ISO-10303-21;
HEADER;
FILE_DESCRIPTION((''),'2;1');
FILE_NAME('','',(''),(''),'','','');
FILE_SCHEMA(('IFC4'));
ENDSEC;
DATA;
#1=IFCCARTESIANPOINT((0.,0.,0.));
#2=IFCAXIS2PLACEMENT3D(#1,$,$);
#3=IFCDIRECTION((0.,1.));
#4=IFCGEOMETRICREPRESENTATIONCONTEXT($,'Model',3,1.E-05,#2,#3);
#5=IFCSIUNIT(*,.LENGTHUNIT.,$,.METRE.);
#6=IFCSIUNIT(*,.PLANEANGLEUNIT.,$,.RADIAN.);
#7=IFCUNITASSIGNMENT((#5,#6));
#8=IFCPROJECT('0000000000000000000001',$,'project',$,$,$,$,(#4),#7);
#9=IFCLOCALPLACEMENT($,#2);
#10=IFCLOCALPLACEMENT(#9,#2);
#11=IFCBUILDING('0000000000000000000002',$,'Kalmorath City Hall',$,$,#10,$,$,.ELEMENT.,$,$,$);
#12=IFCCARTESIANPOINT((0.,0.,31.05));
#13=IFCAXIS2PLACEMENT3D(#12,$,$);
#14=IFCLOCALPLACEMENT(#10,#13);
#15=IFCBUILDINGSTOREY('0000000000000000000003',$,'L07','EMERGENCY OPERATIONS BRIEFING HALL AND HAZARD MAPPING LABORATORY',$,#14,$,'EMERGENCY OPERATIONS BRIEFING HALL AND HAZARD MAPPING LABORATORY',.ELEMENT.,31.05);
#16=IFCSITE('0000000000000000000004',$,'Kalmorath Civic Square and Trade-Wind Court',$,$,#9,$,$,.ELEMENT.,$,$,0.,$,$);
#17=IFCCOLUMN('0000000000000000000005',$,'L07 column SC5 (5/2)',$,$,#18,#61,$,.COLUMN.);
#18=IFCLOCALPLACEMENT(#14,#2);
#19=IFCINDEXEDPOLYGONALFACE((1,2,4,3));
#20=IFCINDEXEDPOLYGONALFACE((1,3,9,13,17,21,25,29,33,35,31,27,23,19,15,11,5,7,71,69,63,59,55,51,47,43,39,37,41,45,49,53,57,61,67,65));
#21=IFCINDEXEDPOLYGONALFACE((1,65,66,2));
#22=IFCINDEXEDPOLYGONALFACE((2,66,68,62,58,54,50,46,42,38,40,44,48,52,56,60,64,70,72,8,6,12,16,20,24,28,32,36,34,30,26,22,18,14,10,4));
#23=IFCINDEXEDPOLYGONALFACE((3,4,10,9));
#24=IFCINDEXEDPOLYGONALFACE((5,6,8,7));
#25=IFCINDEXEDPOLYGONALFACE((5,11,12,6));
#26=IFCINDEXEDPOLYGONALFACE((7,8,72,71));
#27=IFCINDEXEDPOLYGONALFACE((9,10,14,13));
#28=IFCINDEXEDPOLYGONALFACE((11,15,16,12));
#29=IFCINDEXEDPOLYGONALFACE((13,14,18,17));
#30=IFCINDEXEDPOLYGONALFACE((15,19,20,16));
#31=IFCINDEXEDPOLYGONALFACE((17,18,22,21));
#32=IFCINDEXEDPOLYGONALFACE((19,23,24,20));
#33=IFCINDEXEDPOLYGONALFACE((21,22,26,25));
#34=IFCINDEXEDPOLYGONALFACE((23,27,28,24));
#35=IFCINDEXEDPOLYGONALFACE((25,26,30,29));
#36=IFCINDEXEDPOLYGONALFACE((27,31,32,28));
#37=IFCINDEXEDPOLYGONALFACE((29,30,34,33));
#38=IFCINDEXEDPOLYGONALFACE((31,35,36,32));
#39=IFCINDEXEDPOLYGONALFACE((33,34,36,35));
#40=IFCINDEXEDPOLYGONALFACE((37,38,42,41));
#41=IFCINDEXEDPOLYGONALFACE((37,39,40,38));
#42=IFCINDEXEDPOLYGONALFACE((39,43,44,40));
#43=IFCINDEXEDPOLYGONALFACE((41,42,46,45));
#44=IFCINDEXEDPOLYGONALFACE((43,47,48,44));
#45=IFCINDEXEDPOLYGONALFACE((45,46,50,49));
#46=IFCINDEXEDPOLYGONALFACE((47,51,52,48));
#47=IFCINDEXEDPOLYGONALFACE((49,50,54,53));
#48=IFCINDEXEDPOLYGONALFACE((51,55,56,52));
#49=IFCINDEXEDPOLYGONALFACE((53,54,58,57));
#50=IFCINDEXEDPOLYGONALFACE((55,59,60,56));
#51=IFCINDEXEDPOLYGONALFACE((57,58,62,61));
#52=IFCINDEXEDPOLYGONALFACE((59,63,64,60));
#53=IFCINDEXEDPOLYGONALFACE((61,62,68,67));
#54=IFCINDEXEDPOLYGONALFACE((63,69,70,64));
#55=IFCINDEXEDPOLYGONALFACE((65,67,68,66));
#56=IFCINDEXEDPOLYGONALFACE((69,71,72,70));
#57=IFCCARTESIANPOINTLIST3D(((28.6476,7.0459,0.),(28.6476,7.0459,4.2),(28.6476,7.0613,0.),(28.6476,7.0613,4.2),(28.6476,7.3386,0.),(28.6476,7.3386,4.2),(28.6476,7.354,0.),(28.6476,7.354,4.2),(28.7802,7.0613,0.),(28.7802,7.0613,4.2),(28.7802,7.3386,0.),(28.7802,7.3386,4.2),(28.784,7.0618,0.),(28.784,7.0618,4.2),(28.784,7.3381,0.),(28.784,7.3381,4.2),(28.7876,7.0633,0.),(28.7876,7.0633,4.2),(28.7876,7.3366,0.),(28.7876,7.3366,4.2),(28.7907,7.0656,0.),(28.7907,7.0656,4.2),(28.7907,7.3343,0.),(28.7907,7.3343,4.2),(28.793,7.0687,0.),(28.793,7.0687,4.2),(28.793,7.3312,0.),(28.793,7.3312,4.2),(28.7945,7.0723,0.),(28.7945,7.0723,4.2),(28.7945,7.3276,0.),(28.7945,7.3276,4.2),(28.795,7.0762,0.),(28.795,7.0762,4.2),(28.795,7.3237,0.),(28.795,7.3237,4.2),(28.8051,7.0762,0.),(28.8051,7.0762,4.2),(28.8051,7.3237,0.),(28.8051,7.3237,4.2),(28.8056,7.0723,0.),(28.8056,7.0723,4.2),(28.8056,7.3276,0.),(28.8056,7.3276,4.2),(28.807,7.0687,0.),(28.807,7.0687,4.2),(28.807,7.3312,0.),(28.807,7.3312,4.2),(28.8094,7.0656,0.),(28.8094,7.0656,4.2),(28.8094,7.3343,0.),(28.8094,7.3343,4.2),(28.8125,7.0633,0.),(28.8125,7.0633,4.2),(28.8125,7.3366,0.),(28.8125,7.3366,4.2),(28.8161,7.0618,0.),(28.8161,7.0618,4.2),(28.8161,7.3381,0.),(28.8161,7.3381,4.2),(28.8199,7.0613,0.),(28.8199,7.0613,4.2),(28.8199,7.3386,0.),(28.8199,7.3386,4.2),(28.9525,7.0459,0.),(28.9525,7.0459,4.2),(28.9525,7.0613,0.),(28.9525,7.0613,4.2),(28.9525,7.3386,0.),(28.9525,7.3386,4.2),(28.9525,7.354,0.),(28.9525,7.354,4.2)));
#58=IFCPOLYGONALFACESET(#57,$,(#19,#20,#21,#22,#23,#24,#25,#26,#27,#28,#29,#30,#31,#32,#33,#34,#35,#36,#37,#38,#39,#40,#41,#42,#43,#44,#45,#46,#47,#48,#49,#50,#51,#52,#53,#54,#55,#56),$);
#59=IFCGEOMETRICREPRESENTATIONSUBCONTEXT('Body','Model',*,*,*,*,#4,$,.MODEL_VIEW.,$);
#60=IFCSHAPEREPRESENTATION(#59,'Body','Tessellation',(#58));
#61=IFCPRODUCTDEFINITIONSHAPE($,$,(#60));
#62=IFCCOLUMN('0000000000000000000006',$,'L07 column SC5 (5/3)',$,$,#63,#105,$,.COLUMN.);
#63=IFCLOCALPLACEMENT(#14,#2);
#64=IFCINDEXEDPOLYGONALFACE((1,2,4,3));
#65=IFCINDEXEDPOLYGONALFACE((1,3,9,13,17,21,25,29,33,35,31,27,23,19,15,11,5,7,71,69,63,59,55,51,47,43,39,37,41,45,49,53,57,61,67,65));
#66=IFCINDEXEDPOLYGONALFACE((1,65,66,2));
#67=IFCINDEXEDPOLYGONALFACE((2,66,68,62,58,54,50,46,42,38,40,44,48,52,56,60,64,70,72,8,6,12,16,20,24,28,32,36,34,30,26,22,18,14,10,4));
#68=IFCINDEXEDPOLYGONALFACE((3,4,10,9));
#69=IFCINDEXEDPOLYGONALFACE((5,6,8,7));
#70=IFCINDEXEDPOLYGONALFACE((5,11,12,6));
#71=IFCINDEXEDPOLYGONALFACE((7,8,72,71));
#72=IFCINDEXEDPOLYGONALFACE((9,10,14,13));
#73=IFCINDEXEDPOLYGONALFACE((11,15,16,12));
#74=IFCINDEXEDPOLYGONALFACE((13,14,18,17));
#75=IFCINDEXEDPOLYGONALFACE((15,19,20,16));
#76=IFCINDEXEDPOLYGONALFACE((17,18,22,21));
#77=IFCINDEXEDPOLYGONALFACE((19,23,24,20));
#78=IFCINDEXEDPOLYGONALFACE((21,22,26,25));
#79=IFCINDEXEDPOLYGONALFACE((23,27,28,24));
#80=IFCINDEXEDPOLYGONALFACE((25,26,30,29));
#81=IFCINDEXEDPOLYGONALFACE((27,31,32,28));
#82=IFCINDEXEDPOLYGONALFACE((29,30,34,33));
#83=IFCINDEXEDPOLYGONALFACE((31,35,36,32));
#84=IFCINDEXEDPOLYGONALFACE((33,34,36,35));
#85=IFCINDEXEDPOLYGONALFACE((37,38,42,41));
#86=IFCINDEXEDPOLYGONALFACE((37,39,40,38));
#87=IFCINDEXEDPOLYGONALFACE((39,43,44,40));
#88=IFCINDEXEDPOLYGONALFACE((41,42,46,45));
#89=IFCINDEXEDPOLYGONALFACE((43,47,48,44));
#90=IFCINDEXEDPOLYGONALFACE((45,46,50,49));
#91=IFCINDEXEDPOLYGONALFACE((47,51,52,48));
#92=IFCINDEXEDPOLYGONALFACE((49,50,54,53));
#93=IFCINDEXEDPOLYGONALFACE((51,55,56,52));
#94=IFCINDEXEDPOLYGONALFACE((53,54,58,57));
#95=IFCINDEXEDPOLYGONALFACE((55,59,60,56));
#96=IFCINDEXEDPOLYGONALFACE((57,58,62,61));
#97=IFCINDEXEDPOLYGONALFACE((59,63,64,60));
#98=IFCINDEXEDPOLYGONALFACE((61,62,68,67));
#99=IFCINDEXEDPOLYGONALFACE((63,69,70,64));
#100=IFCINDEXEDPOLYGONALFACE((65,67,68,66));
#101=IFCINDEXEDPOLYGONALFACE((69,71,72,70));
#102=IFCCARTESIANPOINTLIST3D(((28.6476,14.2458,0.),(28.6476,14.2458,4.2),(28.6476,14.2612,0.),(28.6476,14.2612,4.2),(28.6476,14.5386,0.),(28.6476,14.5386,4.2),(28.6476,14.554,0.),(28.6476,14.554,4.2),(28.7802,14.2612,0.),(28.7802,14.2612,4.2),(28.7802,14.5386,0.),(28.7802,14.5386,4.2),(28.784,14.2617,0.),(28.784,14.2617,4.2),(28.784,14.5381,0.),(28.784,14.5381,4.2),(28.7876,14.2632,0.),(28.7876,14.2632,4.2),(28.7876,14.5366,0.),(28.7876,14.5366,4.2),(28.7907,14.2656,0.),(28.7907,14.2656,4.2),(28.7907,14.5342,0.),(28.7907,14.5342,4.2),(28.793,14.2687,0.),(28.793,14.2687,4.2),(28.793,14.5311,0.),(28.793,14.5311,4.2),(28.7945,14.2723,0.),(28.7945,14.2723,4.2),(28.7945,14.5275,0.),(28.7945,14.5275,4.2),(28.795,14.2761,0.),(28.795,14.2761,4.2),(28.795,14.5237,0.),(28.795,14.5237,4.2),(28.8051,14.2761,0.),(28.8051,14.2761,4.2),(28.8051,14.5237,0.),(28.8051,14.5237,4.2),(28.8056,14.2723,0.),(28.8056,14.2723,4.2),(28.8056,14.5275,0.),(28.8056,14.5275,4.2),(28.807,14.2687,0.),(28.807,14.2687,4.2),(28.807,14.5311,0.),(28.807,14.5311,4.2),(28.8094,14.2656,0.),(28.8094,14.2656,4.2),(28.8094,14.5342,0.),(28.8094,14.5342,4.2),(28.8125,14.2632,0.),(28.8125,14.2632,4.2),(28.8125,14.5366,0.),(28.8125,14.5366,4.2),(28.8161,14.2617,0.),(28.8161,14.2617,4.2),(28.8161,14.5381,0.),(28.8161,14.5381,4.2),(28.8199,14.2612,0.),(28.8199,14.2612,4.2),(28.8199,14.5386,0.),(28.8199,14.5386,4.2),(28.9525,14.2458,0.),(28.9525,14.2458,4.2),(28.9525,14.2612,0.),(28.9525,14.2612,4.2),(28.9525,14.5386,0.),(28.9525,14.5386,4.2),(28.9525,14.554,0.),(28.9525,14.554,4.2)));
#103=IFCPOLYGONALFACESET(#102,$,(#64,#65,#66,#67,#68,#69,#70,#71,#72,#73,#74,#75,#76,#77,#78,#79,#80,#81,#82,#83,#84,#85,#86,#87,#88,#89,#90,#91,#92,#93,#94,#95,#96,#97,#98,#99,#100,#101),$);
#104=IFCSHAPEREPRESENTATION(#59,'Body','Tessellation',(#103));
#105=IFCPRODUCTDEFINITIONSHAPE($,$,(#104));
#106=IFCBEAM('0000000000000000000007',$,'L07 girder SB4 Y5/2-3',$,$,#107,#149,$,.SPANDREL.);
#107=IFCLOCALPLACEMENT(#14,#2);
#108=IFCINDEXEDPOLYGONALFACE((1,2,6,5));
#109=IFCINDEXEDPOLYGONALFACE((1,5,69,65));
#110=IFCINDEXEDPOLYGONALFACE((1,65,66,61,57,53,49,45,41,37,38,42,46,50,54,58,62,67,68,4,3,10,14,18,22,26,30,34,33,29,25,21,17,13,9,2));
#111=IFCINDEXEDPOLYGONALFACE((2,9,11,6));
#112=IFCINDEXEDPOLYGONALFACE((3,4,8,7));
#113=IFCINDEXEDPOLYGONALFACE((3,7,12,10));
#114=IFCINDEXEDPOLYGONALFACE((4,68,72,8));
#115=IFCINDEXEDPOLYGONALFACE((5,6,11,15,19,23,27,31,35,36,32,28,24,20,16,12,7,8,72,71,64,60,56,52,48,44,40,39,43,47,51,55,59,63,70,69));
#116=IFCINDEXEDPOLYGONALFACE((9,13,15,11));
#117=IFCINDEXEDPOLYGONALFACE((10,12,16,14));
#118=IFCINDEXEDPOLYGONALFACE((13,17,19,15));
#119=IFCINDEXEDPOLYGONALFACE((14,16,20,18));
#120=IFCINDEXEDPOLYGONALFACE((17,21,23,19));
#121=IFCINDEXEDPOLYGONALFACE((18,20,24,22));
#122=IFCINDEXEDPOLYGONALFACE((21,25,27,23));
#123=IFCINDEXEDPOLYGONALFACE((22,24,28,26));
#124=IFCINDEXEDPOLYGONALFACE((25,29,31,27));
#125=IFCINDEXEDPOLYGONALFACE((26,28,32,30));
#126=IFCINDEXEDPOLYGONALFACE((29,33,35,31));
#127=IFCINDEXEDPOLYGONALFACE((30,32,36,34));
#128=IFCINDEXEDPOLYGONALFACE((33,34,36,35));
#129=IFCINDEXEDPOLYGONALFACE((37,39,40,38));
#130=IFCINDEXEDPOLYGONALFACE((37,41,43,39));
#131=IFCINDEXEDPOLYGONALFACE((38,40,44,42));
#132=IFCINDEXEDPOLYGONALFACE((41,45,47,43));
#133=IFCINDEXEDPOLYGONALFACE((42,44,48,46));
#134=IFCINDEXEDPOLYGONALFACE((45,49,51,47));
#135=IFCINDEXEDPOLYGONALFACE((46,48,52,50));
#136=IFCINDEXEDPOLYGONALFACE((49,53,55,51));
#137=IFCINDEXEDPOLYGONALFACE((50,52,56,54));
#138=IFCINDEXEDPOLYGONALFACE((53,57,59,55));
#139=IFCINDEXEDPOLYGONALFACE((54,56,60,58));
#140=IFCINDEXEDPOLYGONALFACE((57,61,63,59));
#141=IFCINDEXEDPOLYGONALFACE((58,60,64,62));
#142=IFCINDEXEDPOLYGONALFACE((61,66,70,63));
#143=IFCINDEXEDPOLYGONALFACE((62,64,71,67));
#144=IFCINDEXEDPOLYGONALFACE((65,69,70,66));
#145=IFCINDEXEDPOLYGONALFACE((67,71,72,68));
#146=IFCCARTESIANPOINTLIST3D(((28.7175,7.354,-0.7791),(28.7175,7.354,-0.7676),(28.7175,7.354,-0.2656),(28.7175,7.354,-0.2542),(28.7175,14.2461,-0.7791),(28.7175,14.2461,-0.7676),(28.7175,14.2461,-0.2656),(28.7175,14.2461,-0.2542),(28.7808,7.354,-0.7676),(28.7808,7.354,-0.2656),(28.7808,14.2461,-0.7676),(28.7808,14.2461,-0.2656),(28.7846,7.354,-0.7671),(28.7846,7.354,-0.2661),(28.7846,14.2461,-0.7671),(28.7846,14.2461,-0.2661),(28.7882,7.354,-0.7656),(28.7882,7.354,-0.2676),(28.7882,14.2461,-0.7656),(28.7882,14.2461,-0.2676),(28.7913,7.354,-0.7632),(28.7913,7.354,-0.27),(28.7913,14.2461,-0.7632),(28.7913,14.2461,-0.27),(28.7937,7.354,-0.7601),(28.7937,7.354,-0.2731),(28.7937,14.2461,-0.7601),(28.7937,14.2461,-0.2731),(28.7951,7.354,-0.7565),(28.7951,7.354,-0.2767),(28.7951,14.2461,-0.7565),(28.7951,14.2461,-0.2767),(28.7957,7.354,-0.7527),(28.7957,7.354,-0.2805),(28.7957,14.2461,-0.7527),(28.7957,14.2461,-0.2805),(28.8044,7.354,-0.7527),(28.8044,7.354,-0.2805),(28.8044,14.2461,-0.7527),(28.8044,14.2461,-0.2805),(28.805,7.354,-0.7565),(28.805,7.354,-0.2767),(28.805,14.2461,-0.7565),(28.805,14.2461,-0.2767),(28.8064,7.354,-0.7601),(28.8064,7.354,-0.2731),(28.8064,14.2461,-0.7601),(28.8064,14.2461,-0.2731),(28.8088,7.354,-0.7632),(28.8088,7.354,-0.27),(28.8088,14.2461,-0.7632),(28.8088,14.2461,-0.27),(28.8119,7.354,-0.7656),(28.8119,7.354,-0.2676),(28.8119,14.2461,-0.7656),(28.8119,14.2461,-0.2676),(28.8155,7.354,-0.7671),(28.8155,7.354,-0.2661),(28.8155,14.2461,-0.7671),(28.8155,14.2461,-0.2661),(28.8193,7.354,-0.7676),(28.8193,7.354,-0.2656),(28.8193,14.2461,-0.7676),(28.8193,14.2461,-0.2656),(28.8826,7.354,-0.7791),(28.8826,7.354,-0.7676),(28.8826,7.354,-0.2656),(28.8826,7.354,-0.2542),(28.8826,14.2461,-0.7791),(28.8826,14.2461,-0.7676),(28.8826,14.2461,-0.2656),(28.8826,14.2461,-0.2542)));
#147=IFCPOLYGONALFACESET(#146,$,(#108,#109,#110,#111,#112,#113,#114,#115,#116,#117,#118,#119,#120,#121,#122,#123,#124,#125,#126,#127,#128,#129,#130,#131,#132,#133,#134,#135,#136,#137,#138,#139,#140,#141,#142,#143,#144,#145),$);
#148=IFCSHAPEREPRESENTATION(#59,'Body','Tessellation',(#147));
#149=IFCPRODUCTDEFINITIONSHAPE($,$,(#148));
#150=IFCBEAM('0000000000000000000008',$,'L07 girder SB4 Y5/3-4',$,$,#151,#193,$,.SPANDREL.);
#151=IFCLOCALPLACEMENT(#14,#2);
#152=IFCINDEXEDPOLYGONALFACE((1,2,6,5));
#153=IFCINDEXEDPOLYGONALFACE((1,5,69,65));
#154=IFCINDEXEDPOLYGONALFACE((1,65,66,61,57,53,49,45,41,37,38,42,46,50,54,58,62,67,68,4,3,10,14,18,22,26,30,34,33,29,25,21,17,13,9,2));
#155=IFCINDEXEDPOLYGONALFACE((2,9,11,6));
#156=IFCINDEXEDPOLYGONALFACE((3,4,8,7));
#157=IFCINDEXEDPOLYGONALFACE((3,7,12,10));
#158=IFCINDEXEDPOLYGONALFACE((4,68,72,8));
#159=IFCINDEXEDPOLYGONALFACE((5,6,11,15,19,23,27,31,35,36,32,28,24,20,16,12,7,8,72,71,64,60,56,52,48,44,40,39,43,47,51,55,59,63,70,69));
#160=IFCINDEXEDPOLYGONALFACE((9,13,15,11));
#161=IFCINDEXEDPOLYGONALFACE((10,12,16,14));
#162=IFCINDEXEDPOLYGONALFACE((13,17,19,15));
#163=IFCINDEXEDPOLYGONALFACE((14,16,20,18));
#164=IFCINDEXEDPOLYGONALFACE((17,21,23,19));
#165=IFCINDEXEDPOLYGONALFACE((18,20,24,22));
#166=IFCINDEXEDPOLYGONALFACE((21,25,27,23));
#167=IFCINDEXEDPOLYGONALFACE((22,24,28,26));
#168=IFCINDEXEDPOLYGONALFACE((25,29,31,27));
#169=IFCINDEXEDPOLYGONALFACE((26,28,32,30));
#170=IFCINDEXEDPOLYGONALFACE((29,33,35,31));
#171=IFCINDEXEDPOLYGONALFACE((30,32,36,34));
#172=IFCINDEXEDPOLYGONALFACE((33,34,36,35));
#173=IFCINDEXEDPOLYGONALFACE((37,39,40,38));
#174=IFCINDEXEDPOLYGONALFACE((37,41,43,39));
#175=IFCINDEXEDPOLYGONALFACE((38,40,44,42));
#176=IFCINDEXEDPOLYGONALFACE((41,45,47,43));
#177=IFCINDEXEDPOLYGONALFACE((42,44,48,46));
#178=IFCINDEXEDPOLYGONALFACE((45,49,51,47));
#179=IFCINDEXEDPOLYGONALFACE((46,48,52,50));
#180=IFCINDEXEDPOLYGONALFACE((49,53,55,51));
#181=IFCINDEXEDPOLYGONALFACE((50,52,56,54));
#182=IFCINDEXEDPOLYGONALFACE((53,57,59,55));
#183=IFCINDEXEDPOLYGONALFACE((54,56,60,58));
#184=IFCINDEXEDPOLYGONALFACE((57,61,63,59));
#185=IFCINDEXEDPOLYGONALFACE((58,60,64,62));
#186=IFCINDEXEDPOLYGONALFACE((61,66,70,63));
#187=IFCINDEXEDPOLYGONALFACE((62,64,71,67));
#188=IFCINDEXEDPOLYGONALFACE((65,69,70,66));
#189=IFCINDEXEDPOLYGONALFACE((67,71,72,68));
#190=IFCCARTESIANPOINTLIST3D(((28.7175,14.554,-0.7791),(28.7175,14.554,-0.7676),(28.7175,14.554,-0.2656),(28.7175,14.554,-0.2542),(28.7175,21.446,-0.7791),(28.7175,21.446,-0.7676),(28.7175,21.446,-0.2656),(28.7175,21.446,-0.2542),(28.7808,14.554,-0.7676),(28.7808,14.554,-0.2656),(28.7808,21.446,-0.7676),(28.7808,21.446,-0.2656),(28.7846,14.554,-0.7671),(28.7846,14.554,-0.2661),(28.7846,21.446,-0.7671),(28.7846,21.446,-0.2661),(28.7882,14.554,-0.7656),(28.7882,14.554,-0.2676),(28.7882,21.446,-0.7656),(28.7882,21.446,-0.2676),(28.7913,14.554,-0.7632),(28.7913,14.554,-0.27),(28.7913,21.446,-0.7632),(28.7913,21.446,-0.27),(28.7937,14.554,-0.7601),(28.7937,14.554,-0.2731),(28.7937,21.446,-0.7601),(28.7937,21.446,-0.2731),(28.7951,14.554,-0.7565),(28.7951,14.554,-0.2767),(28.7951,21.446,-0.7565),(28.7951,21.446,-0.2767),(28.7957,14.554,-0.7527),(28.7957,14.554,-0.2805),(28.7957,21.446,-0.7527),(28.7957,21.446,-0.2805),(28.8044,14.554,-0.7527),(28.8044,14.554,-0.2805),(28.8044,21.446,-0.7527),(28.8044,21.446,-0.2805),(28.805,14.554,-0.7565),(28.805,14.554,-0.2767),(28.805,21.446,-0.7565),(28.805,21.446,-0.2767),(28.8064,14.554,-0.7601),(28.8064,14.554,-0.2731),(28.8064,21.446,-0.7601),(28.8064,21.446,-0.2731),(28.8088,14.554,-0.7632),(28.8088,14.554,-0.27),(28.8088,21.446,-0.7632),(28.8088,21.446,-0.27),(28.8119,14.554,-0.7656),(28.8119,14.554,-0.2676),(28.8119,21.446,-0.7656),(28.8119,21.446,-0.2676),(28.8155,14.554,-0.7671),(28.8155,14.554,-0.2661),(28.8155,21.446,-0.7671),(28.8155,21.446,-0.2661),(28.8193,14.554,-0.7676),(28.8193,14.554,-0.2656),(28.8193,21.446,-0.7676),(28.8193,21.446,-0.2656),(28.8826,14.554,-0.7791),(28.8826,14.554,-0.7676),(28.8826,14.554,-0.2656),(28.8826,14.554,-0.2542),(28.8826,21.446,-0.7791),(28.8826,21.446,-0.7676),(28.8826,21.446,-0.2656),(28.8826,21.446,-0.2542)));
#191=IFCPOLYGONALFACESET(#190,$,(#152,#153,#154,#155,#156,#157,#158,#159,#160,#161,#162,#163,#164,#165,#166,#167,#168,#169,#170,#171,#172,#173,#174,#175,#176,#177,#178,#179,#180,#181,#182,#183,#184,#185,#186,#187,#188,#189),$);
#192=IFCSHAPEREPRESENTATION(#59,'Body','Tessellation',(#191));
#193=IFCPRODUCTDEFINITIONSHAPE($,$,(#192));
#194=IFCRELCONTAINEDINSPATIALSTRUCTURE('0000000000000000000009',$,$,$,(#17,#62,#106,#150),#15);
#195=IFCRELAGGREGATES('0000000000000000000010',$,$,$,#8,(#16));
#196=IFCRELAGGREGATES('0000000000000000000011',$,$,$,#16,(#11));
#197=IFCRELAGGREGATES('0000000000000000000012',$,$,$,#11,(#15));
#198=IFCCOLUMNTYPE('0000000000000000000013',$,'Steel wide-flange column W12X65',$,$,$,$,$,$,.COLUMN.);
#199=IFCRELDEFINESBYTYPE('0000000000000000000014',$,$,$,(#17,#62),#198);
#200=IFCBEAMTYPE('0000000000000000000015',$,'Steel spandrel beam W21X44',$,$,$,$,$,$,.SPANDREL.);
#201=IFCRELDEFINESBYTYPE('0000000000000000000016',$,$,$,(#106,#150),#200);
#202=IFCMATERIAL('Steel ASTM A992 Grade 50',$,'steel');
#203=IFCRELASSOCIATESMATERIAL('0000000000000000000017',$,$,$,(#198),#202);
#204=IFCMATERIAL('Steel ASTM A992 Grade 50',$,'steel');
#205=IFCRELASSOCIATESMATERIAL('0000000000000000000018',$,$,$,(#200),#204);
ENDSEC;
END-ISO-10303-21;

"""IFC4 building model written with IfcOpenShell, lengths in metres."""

from ifc_helpers import new_model, si_unit, direction, frame, origin, origin_2d, place, context, subcontext, project, spatial, i_section, extrude, material, material_profile, profile_set, type_object, element, save


model = new_model("IFC4")

# Units and contexts
model_context = context("Model", 3, precision=1e-05, world=origin(), true_north=direction((0.0, 1.0)))
body_context = subcontext(model_context, "Body", "Model", "MODEL_VIEW")
ifc_project = project(units=[si_unit("LENGTHUNIT", "METRE"), si_unit("PLANEANGLEUNIT", "RADIAN")], contexts=[model_context])

# Site, building, storey
site_placement = place(None, origin())
site = spatial("IfcSite", under=ifc_project, at=site_placement, Name="Kalmorath Civic Square and Trade-Wind Court", CompositionType="ELEMENT", RefElevation=0.0)
building_placement = place(site_placement, origin())
building = spatial("IfcBuilding", under=site, at=building_placement, Name="Kalmorath City Hall", CompositionType="ELEMENT")
storey_placement = place(building_placement, frame((0.0, 0.0, 31.05)))
storey = spatial("IfcBuildingStorey", under=building, at=storey_placement, Name="L07", Description="EMERGENCY OPERATIONS BRIEFING HALL AND HAZARD MAPPING LABORATORY", LongName="EMERGENCY OPERATIONS BRIEFING HALL AND HAZARD MAPPING LABORATORY", CompositionType="ELEMENT", Elevation=31.05)

# Columns
ifc_material_1 = material(Name="Steel ASTM A992 Grade 50", Category="steel")
ifc_material_profile_1 = material_profile(ifc_material_1, i_section(OverallWidth=0.3049, OverallDepth=0.3081, WebThickness=0.01, FlangeThickness=0.0154, FilletRadius=0.0149, at=origin_2d()), Name="W12X65")
ifc_profile_set_1 = profile_set([ifc_material_profile_1], Name="Steel ASTM A992 Grade 50")
column_type = type_object("IfcColumnType", Name="Steel wide-flange column W12X65", PredefinedType="COLUMN", material=ifc_profile_set_1)
for number, where, z_axis, x_axis, name in (
    (1, (28.8, 7.2, 0.0), (0.0, 0.0, 1.0), (1.0, 0.0, 0.0), "L07 column SC5 (5/2)"),
    (2, (28.8, 14.3999, 0.0), (0.0, 0.0, 1.0), (1.0, 0.0, 0.0), "L07 column SC5 (5/3)"),
):
    element("IfcColumn", number, at=place(storey_placement, frame(where, z_axis=z_axis, x_axis=x_axis)), inside=storey, type_object=column_type, Name=name, PredefinedType="COLUMN", context=body_context, shape_type="SweptSolid", body=[
        extrude(i_section(OverallWidth=0.3049, OverallDepth=0.3081, WebThickness=0.01, FlangeThickness=0.0154, FilletRadius=0.0149, at=origin_2d()), origin(), (0.0, 0.0, 1.0), 4.2),
    ])

# Beams
ifc_material_2 = material(Name="Steel ASTM A992 Grade 50", Category="steel")
ifc_material_profile_2 = material_profile(ifc_material_2, i_section(OverallWidth=0.165, OverallDepth=0.5249, WebThickness=0.0088, FlangeThickness=0.0115, FilletRadius=0.0149, at=origin_2d()), Name="W21X44")
ifc_profile_set_2 = profile_set([ifc_material_profile_2], Name="Steel ASTM A992 Grade 50")
beam_type = type_object("IfcBeamType", Name="Steel spandrel beam W21X44", PredefinedType="SPANDREL", material=ifc_profile_set_2)
for number, where, z_axis, x_axis, name in (
    (3, (28.8, 7.354, -0.5166), (0.0, 1.0, 0.0), (-1.0, 0.0, 0.0), "L07 girder SB4 Y5/2-3"),
    (4, (28.8, 14.554, -0.5166), (0.0, 1.0, 0.0), (-1.0, 0.0, 0.0), "L07 girder SB4 Y5/3-4"),
):
    element("IfcBeam", number, at=place(storey_placement, frame(where, z_axis=z_axis, x_axis=x_axis)), inside=storey, type_object=beam_type, Name=name, PredefinedType="SPANDREL", context=body_context, shape_type="SweptSolid", body=[
        extrude(i_section(OverallWidth=0.165, OverallDepth=0.5249, WebThickness=0.0088, FlangeThickness=0.0115, FilletRadius=0.0149, at=origin_2d()), origin(), (0.0, 0.0, 1.0), 6.8921),
    ])

save(model, "model.ifc")
